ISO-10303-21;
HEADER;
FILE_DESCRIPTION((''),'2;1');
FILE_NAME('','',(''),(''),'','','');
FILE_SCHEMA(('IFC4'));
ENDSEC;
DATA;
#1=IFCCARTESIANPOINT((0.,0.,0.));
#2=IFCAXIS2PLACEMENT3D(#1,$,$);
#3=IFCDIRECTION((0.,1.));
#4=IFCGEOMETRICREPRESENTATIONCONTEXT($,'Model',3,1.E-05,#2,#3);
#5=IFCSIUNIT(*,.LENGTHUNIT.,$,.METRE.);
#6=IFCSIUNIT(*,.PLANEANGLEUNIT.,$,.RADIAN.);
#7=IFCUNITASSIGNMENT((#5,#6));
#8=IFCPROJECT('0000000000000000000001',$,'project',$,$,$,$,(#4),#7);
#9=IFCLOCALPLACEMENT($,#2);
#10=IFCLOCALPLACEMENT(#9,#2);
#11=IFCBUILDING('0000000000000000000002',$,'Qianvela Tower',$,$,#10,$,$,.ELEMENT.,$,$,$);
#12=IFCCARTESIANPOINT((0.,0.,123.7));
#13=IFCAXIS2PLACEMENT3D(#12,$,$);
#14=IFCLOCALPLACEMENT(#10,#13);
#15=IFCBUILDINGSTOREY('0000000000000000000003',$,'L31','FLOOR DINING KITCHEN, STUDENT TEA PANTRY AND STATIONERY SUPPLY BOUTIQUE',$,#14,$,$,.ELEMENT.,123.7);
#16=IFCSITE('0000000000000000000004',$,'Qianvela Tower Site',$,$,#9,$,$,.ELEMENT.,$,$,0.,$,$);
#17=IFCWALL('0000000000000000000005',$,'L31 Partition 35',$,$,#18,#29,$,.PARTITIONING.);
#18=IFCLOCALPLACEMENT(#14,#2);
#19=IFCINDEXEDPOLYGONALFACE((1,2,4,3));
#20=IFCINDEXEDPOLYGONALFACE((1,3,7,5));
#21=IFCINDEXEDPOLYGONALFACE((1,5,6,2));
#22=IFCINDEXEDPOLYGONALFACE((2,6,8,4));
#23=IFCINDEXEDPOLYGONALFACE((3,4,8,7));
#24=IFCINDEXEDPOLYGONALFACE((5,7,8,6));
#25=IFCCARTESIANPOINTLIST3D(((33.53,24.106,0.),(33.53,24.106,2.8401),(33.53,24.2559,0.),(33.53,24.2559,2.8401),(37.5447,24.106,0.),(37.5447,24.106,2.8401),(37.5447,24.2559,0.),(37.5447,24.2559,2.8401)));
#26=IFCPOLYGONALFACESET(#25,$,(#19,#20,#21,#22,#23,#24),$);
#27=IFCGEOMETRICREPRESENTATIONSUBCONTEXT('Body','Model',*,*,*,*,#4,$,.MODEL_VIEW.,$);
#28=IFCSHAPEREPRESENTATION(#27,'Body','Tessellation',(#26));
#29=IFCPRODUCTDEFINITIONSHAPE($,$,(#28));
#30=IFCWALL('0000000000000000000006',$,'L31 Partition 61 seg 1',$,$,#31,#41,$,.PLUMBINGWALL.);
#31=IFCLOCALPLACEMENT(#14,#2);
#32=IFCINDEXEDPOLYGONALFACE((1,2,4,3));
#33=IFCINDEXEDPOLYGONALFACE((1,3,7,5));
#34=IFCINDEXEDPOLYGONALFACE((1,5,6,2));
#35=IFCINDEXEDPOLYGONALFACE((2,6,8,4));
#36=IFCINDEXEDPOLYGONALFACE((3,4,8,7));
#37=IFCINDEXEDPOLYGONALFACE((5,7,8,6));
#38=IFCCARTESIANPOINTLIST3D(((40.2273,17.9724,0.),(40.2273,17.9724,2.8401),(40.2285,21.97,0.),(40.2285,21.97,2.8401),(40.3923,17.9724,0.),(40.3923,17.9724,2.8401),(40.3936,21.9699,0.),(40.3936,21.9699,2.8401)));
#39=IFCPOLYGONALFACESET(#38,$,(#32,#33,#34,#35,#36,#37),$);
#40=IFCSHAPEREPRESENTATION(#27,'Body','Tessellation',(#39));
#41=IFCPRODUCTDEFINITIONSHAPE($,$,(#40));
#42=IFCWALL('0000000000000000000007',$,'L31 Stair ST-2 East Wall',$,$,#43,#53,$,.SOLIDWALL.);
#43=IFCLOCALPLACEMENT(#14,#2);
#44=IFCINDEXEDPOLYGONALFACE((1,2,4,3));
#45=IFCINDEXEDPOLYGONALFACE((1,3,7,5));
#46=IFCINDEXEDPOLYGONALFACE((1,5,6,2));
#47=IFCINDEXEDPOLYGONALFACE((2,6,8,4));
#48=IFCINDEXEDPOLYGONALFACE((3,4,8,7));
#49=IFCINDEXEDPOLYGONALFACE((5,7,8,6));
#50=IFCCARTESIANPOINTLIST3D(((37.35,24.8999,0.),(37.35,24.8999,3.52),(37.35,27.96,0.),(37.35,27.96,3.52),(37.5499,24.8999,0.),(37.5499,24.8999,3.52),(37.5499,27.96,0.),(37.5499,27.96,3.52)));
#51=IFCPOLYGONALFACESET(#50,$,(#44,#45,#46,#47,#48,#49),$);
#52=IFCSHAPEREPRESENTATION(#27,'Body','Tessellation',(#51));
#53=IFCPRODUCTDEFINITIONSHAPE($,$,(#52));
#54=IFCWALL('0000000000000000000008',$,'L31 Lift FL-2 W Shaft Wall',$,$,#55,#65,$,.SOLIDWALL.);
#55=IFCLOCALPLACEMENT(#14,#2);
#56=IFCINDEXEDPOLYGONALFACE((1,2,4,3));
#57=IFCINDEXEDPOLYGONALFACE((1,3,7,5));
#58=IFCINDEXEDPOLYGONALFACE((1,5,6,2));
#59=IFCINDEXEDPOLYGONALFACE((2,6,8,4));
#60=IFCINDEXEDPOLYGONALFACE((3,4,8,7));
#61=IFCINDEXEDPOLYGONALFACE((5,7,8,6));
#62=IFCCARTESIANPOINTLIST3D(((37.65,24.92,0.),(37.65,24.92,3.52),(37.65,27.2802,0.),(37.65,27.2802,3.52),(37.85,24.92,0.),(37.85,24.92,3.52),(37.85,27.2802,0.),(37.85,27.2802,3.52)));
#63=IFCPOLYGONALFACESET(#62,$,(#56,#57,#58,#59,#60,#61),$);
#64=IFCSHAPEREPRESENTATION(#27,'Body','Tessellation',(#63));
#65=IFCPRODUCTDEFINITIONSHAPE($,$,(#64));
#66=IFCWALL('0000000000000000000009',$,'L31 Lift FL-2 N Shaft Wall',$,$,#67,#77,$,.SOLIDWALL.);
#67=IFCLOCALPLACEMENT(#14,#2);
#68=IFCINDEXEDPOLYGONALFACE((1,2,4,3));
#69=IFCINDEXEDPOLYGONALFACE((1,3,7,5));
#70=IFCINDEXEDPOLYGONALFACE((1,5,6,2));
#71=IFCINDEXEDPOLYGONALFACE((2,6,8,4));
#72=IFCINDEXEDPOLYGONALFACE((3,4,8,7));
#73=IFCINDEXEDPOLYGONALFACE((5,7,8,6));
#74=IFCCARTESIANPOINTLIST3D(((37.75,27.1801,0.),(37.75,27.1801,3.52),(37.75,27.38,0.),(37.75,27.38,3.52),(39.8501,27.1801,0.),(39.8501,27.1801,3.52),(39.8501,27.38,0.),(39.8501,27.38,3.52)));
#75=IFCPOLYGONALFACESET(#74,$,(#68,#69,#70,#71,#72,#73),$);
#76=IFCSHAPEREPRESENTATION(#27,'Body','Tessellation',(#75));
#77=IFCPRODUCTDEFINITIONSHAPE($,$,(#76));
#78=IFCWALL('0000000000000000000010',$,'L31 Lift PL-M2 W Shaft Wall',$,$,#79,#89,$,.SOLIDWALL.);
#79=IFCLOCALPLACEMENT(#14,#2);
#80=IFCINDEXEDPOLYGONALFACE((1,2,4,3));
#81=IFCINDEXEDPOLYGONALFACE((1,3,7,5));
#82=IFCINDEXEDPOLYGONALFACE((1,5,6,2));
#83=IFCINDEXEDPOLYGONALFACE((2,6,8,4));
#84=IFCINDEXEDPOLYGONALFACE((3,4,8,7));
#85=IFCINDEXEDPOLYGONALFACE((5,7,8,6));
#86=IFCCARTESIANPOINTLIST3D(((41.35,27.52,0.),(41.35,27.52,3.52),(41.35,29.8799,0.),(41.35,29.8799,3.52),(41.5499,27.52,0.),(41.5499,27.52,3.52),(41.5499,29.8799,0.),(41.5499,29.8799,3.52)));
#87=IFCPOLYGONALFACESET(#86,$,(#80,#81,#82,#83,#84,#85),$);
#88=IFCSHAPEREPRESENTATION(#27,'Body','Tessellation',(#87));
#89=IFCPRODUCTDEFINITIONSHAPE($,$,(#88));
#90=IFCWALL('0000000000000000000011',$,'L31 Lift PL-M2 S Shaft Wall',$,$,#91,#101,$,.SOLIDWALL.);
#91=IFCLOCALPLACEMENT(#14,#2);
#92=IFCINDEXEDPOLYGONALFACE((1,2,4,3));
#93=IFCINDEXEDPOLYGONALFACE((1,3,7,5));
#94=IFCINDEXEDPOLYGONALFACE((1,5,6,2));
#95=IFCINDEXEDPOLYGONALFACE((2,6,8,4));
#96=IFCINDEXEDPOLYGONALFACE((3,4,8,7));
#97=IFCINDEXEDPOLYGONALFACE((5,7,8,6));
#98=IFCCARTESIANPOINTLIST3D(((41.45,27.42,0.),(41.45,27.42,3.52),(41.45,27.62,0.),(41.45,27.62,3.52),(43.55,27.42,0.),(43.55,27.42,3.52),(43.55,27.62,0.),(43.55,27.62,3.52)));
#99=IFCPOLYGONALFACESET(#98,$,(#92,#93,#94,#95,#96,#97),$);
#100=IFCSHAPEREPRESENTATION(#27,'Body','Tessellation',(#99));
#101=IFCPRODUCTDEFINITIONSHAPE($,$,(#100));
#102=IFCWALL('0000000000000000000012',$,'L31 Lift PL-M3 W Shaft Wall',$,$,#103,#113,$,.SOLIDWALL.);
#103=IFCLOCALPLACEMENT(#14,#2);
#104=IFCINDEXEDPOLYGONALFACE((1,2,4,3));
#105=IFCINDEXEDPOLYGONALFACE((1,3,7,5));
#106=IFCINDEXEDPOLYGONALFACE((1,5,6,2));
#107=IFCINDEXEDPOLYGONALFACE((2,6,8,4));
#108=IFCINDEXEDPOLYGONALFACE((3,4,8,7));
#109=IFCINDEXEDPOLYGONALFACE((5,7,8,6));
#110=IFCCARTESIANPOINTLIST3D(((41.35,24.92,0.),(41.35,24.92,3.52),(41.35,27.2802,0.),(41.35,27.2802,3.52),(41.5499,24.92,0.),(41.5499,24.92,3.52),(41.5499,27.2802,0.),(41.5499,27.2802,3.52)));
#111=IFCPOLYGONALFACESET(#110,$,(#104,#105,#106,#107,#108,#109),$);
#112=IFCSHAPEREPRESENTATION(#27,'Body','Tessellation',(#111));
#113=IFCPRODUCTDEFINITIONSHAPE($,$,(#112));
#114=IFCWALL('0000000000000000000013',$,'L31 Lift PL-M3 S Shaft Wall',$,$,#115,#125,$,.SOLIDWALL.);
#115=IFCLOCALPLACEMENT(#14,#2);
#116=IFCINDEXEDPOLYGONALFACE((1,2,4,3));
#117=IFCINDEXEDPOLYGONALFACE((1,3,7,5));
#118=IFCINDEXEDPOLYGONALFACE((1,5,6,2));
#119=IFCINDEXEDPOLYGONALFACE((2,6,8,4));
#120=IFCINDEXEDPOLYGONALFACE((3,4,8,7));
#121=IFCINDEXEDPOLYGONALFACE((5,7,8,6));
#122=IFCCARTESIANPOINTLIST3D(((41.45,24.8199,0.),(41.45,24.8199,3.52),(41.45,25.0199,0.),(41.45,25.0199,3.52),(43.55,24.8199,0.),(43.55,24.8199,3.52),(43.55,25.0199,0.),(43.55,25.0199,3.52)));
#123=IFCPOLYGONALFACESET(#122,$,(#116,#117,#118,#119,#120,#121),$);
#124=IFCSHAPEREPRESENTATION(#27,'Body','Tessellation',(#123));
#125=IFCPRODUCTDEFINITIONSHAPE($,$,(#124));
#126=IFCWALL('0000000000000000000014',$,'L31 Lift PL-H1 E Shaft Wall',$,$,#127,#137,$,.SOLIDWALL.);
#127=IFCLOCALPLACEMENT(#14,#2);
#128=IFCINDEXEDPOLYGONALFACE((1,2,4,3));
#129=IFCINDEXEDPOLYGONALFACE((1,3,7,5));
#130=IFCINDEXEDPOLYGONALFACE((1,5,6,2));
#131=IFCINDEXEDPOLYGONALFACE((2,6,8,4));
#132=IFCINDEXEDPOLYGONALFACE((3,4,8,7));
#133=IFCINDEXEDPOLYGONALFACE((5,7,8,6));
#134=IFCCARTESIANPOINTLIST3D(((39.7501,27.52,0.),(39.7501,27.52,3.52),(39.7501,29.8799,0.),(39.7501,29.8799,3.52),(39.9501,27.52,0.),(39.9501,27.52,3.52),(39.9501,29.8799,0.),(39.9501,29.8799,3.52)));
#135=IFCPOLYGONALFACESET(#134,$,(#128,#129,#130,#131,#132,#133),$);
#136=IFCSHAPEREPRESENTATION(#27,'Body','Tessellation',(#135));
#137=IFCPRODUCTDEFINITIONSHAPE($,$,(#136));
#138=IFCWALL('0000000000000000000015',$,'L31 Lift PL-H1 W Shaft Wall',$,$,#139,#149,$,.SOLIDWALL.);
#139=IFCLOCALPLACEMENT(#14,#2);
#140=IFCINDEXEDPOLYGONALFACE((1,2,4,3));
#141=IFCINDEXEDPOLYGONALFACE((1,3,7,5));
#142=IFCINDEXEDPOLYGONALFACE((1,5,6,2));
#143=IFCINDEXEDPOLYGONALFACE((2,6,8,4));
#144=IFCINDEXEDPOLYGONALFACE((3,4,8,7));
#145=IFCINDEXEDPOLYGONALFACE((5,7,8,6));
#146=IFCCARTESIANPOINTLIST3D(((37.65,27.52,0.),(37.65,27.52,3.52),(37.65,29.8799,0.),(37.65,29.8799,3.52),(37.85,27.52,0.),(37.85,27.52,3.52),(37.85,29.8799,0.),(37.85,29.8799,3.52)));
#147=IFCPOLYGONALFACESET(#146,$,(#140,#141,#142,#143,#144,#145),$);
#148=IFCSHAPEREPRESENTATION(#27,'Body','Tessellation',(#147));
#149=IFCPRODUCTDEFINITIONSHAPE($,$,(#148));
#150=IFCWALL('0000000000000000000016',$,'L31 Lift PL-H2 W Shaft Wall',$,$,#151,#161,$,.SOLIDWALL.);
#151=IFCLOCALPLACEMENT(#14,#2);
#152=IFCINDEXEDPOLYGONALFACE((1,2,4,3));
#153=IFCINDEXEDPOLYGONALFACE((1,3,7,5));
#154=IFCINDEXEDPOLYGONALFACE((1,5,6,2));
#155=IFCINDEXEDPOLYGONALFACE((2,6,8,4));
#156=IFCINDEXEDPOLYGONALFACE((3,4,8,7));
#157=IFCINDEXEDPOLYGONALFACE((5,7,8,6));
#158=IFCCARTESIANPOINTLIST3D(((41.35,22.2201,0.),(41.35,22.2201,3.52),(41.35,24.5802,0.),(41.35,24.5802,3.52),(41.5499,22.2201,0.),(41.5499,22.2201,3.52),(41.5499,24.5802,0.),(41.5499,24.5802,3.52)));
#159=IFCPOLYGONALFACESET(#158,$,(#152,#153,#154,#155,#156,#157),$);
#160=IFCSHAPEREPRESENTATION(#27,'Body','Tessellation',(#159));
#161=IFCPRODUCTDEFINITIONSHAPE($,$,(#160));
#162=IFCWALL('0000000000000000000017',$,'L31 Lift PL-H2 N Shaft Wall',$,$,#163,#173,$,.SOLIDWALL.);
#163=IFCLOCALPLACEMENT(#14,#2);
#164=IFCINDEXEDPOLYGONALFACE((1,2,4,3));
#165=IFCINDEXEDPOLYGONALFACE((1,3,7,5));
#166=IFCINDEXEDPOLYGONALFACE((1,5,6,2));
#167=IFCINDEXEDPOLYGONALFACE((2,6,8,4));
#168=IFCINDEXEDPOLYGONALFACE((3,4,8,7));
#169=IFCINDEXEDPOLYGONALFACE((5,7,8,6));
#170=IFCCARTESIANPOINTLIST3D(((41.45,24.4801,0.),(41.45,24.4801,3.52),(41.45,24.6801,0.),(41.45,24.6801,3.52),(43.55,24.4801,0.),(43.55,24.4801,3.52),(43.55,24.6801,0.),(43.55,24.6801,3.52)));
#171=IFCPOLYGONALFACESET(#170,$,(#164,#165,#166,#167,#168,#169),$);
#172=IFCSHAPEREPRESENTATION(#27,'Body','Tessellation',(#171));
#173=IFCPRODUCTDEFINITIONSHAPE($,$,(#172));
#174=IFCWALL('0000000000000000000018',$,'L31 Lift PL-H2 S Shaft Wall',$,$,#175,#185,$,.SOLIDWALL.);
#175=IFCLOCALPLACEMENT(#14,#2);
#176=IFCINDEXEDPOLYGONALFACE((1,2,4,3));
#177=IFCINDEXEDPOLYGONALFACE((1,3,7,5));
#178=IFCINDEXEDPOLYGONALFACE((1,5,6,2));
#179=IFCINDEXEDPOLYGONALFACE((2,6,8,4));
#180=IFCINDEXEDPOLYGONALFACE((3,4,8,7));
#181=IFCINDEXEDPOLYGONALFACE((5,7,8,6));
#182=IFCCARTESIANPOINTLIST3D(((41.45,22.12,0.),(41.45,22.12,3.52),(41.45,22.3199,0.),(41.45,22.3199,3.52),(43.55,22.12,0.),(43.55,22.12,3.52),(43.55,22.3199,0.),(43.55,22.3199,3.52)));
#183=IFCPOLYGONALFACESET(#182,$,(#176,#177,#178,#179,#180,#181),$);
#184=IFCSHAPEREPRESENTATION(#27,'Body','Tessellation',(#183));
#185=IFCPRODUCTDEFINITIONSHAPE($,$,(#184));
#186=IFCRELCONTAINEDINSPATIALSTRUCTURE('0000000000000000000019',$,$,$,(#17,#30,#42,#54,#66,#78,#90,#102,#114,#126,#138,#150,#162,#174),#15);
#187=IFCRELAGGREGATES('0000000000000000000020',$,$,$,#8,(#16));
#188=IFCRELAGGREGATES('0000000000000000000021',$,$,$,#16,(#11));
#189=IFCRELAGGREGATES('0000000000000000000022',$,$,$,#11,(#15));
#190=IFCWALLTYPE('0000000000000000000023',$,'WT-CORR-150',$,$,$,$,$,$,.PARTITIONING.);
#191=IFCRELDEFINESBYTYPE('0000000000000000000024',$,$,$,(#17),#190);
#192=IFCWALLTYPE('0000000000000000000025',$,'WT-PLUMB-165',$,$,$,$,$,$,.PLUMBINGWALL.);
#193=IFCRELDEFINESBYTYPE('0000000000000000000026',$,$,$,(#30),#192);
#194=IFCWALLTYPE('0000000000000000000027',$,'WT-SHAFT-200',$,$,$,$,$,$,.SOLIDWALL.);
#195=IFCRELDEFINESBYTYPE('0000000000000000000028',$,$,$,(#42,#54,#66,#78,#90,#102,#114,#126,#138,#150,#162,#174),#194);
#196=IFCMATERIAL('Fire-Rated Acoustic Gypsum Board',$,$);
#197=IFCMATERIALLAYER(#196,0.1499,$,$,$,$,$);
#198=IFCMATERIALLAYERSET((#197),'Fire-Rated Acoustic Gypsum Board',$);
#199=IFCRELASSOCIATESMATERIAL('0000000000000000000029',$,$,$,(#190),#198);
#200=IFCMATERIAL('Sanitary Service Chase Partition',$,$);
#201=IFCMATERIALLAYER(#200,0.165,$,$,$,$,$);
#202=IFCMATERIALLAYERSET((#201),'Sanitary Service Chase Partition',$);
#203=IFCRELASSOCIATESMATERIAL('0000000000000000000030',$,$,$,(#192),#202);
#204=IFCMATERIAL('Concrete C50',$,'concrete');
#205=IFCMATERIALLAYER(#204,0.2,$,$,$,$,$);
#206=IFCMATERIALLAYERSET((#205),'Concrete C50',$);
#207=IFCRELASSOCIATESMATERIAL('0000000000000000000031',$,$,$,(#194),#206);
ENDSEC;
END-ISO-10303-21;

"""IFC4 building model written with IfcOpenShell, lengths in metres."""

from ifc_helpers import new_model, si_unit, direction, frame, frame_2d, origin, place, context, subcontext, project, spatial, rectangle, extrude, material, layer, layer_set, type_object, element, save


model = new_model("IFC4")

# Units and contexts
model_context = context("Model", 3, precision=1e-05, world=origin(), true_north=direction((0.0, 1.0)))
body_context = subcontext(model_context, "Body", "Model", "MODEL_VIEW")
ifc_project = project(units=[si_unit("LENGTHUNIT", "METRE"), si_unit("PLANEANGLEUNIT", "RADIAN")], contexts=[model_context])

# Site, building, storey
site_placement = place(None, origin())
site = spatial("IfcSite", under=ifc_project, at=site_placement, Name="Qianvela Tower Site", CompositionType="ELEMENT", RefElevation=0.0)
building_placement = place(site_placement, origin())
building = spatial("IfcBuilding", under=site, at=building_placement, Name="Qianvela Tower", CompositionType="ELEMENT")
storey_placement = place(building_placement, frame((0.0, 0.0, 123.7)))
storey = spatial("IfcBuildingStorey", under=building, at=storey_placement, Name="L31", Description="FLOOR DINING KITCHEN, STUDENT TEA PANTRY AND STATIONERY SUPPLY BOUTIQUE", CompositionType="ELEMENT", Elevation=123.7)

# Walls
ifc_material_1 = material(Name="Fire-Rated Acoustic Gypsum Board")
ifc_layer_1 = layer(ifc_material_1, 0.1499)
ifc_layer_set_1 = layer_set([ifc_layer_1], Name="Fire-Rated Acoustic Gypsum Board")
wall_type_1 = type_object("IfcWallType", Name="WT-CORR-150", PredefinedType="PARTITIONING", material=ifc_layer_set_1)
wall_1_placement = place(storey_placement, frame((37.5447, 24.1809, 0.0), z_axis=(0.0, 0.0, 1.0), x_axis=(-1.0, 0.0, 0.0)))
element("IfcWall", 1, at=wall_1_placement, inside=storey, type_object=wall_type_1, Name="L31 Partition 35", PredefinedType="PARTITIONING", context=body_context, shape_type="SweptSolid", body=[
    extrude(rectangle(XDim=4.0146, YDim=0.1499, at=frame_2d((2.0073, 0.0))), origin(), (0.0, 0.0, 1.0), 2.8401),
])
ifc_material_2 = material(Name="Sanitary Service Chase Partition")
ifc_layer_2 = layer(ifc_material_2, 0.165)
ifc_layer_set_2 = layer_set([ifc_layer_2], Name="Sanitary Service Chase Partition")
wall_type_2 = type_object("IfcWallType", Name="WT-PLUMB-165", PredefinedType="PLUMBINGWALL", material=ifc_layer_set_2)
wall_2_placement = place(storey_placement, frame((40.3098, 17.9724, 0.0), z_axis=(0.0, 0.0, 1.0), x_axis=(0.000305, 1.0, 0.0)))
element("IfcWall", 2, at=wall_2_placement, inside=storey, type_object=wall_type_2, Name="L31 Partition 61 seg 1", PredefinedType="PLUMBINGWALL", context=body_context, shape_type="SweptSolid", body=[
    extrude(rectangle(XDim=3.9976, YDim=0.165, at=frame_2d((1.9988, 0.0))), origin(), (0.0, 0.0, 1.0), 2.8401),
])
ifc_material_3 = material(Name="Concrete C50", Category="concrete")
ifc_layer_3 = layer(ifc_material_3, 0.2)
ifc_layer_set_3 = layer_set([ifc_layer_3], Name="Concrete C50")
wall_type_3 = type_object("IfcWallType", Name="WT-SHAFT-200", PredefinedType="SOLIDWALL", material=ifc_layer_set_3)
wall_3_placement = place(storey_placement, frame((37.45, 24.8999, 0.0), z_axis=(0.0, 0.0, 1.0), x_axis=(0.0, 1.0, 0.0)))
element("IfcWall", 3, at=wall_3_placement, inside=storey, type_object=wall_type_3, Name="L31 Stair ST-2 East Wall", PredefinedType="SOLIDWALL", context=body_context, shape_type="SweptSolid", body=[
    extrude(rectangle(XDim=3.0601, YDim=0.2, at=frame_2d((1.53, 0.0))), origin(), (0.0, 0.0, 1.0), 3.52),
])

# Walls
wall_4_placement = place(storey_placement, frame((37.75, 24.9199, 0.0), z_axis=(0.0, 0.0, 1.0), x_axis=(0.0, 1.0, 0.0)))
element("IfcWall", 4, at=wall_4_placement, inside=storey, type_object=wall_type_3, Name="L31 Lift FL-2 W Shaft Wall", PredefinedType="SOLIDWALL", context=body_context, shape_type="SweptSolid", body=[
    extrude(rectangle(XDim=2.3601, YDim=0.2, at=frame_2d((1.1802, 0.0))), origin(), (0.0, 0.0, 1.0), 3.52),
])
wall_5_placement = place(storey_placement, frame((37.75, 27.28, 0.0), z_axis=(0.0, 0.0, 1.0), x_axis=(1.0, 0.0, 0.0)))
element("IfcWall", 5, at=wall_5_placement, inside=storey, type_object=wall_type_3, Name="L31 Lift FL-2 N Shaft Wall", PredefinedType="SOLIDWALL", context=body_context, shape_type="SweptSolid", body=[
    extrude(rectangle(XDim=2.1001, YDim=0.2, at=frame_2d((1.05, 0.0))), origin(), (0.0, 0.0, 1.0), 3.52),
])
wall_6_placement = place(storey_placement, frame((41.45, 27.52, 0.0), z_axis=(0.0, 0.0, 1.0), x_axis=(0.0, 1.0, 0.0)))
element("IfcWall", 6, at=wall_6_placement, inside=storey, type_object=wall_type_3, Name="L31 Lift PL-M2 W Shaft Wall", PredefinedType="SOLIDWALL", context=body_context, shape_type="SweptSolid", body=[
    extrude(rectangle(XDim=2.3599, YDim=0.2, at=frame_2d((1.1799, 0.0))), origin(), (0.0, 0.0, 1.0), 3.52),
])
wall_7_placement = place(storey_placement, frame((41.45, 27.52, 0.0), z_axis=(0.0, 0.0, 1.0), x_axis=(1.0, 0.0, 0.0)))
element("IfcWall", 7, at=wall_7_placement, inside=storey, type_object=wall_type_3, Name="L31 Lift PL-M2 S Shaft Wall", PredefinedType="SOLIDWALL", context=body_context, shape_type="SweptSolid", body=[
    extrude(rectangle(XDim=2.1001, YDim=0.2, at=frame_2d((1.05, 0.0))), origin(), (0.0, 0.0, 1.0), 3.52),
])
wall_8_placement = place(storey_placement, frame((41.45, 24.9199, 0.0), z_axis=(0.0, 0.0, 1.0), x_axis=(0.0, 1.0, 0.0)))
element("IfcWall", 8, at=wall_8_placement, inside=storey, type_object=wall_type_3, Name="L31 Lift PL-M3 W Shaft Wall", PredefinedType="SOLIDWALL", context=body_context, shape_type="SweptSolid", body=[
    extrude(rectangle(XDim=2.3601, YDim=0.2, at=frame_2d((1.1802, 0.0))), origin(), (0.0, 0.0, 1.0), 3.52),
])
wall_9_placement = place(storey_placement, frame((41.45, 24.9199, 0.0), z_axis=(0.0, 0.0, 1.0), x_axis=(1.0, 0.0, 0.0)))
element("IfcWall", 9, at=wall_9_placement, inside=storey, type_object=wall_type_3, Name="L31 Lift PL-M3 S Shaft Wall", PredefinedType="SOLIDWALL", context=body_context, shape_type="SweptSolid", body=[
    extrude(rectangle(XDim=2.1001, YDim=0.2, at=frame_2d((1.05, 0.0))), origin(), (0.0, 0.0, 1.0), 3.52),
])
for number, where, z_axis, x_axis, name in (
    (10, (39.8501, 27.52, 0.0), (0.0, 0.0, 1.0), (0.0, 1.0, 0.0), "L31 Lift PL-H1 E Shaft Wall"),
    (11, (37.75, 27.52, 0.0), (0.0, 0.0, 1.0), (0.0, 1.0, 0.0), "L31 Lift PL-H1 W Shaft Wall"),
):
    element("IfcWall", number, at=place(storey_placement, frame(where, z_axis=z_axis, x_axis=x_axis)), inside=storey, type_object=wall_type_3, Name=name, PredefinedType="SOLIDWALL", context=body_context, shape_type="SweptSolid", body=[
        extrude(rectangle(XDim=2.3599, YDim=0.2, at=frame_2d((1.1799, 0.0))), origin(), (0.0, 0.0, 1.0), 3.52),
    ])
wall_10_placement = place(storey_placement, frame((41.45, 22.22, 0.0), z_axis=(0.0, 0.0, 1.0), x_axis=(0.0, 1.0, 0.0)))
element("IfcWall", 12, at=wall_10_placement, inside=storey, type_object=wall_type_3, Name="L31 Lift PL-H2 W Shaft Wall", PredefinedType="SOLIDWALL", context=body_context, shape_type="SweptSolid", body=[
    extrude(rectangle(XDim=2.3601, YDim=0.2, at=frame_2d((1.1802, 0.0))), origin(), (0.0, 0.0, 1.0), 3.52),
])
for number, where, z_axis, x_axis, name in (
    (13, (41.45, 24.5801, 0.0), (0.0, 0.0, 1.0), (1.0, 0.0, 0.0), "L31 Lift PL-H2 N Shaft Wall"),
    (14, (41.45, 22.22, 0.0), (0.0, 0.0, 1.0), (1.0, 0.0, 0.0), "L31 Lift PL-H2 S Shaft Wall"),
):
    element("IfcWall", number, at=place(storey_placement, frame(where, z_axis=z_axis, x_axis=x_axis)), inside=storey, type_object=wall_type_3, Name=name, PredefinedType="SOLIDWALL", context=body_context, shape_type="SweptSolid", body=[
        extrude(rectangle(XDim=2.1001, YDim=0.2, at=frame_2d((1.05, 0.0))), origin(), (0.0, 0.0, 1.0), 3.52),
    ])

save(model, "model.ifc")
